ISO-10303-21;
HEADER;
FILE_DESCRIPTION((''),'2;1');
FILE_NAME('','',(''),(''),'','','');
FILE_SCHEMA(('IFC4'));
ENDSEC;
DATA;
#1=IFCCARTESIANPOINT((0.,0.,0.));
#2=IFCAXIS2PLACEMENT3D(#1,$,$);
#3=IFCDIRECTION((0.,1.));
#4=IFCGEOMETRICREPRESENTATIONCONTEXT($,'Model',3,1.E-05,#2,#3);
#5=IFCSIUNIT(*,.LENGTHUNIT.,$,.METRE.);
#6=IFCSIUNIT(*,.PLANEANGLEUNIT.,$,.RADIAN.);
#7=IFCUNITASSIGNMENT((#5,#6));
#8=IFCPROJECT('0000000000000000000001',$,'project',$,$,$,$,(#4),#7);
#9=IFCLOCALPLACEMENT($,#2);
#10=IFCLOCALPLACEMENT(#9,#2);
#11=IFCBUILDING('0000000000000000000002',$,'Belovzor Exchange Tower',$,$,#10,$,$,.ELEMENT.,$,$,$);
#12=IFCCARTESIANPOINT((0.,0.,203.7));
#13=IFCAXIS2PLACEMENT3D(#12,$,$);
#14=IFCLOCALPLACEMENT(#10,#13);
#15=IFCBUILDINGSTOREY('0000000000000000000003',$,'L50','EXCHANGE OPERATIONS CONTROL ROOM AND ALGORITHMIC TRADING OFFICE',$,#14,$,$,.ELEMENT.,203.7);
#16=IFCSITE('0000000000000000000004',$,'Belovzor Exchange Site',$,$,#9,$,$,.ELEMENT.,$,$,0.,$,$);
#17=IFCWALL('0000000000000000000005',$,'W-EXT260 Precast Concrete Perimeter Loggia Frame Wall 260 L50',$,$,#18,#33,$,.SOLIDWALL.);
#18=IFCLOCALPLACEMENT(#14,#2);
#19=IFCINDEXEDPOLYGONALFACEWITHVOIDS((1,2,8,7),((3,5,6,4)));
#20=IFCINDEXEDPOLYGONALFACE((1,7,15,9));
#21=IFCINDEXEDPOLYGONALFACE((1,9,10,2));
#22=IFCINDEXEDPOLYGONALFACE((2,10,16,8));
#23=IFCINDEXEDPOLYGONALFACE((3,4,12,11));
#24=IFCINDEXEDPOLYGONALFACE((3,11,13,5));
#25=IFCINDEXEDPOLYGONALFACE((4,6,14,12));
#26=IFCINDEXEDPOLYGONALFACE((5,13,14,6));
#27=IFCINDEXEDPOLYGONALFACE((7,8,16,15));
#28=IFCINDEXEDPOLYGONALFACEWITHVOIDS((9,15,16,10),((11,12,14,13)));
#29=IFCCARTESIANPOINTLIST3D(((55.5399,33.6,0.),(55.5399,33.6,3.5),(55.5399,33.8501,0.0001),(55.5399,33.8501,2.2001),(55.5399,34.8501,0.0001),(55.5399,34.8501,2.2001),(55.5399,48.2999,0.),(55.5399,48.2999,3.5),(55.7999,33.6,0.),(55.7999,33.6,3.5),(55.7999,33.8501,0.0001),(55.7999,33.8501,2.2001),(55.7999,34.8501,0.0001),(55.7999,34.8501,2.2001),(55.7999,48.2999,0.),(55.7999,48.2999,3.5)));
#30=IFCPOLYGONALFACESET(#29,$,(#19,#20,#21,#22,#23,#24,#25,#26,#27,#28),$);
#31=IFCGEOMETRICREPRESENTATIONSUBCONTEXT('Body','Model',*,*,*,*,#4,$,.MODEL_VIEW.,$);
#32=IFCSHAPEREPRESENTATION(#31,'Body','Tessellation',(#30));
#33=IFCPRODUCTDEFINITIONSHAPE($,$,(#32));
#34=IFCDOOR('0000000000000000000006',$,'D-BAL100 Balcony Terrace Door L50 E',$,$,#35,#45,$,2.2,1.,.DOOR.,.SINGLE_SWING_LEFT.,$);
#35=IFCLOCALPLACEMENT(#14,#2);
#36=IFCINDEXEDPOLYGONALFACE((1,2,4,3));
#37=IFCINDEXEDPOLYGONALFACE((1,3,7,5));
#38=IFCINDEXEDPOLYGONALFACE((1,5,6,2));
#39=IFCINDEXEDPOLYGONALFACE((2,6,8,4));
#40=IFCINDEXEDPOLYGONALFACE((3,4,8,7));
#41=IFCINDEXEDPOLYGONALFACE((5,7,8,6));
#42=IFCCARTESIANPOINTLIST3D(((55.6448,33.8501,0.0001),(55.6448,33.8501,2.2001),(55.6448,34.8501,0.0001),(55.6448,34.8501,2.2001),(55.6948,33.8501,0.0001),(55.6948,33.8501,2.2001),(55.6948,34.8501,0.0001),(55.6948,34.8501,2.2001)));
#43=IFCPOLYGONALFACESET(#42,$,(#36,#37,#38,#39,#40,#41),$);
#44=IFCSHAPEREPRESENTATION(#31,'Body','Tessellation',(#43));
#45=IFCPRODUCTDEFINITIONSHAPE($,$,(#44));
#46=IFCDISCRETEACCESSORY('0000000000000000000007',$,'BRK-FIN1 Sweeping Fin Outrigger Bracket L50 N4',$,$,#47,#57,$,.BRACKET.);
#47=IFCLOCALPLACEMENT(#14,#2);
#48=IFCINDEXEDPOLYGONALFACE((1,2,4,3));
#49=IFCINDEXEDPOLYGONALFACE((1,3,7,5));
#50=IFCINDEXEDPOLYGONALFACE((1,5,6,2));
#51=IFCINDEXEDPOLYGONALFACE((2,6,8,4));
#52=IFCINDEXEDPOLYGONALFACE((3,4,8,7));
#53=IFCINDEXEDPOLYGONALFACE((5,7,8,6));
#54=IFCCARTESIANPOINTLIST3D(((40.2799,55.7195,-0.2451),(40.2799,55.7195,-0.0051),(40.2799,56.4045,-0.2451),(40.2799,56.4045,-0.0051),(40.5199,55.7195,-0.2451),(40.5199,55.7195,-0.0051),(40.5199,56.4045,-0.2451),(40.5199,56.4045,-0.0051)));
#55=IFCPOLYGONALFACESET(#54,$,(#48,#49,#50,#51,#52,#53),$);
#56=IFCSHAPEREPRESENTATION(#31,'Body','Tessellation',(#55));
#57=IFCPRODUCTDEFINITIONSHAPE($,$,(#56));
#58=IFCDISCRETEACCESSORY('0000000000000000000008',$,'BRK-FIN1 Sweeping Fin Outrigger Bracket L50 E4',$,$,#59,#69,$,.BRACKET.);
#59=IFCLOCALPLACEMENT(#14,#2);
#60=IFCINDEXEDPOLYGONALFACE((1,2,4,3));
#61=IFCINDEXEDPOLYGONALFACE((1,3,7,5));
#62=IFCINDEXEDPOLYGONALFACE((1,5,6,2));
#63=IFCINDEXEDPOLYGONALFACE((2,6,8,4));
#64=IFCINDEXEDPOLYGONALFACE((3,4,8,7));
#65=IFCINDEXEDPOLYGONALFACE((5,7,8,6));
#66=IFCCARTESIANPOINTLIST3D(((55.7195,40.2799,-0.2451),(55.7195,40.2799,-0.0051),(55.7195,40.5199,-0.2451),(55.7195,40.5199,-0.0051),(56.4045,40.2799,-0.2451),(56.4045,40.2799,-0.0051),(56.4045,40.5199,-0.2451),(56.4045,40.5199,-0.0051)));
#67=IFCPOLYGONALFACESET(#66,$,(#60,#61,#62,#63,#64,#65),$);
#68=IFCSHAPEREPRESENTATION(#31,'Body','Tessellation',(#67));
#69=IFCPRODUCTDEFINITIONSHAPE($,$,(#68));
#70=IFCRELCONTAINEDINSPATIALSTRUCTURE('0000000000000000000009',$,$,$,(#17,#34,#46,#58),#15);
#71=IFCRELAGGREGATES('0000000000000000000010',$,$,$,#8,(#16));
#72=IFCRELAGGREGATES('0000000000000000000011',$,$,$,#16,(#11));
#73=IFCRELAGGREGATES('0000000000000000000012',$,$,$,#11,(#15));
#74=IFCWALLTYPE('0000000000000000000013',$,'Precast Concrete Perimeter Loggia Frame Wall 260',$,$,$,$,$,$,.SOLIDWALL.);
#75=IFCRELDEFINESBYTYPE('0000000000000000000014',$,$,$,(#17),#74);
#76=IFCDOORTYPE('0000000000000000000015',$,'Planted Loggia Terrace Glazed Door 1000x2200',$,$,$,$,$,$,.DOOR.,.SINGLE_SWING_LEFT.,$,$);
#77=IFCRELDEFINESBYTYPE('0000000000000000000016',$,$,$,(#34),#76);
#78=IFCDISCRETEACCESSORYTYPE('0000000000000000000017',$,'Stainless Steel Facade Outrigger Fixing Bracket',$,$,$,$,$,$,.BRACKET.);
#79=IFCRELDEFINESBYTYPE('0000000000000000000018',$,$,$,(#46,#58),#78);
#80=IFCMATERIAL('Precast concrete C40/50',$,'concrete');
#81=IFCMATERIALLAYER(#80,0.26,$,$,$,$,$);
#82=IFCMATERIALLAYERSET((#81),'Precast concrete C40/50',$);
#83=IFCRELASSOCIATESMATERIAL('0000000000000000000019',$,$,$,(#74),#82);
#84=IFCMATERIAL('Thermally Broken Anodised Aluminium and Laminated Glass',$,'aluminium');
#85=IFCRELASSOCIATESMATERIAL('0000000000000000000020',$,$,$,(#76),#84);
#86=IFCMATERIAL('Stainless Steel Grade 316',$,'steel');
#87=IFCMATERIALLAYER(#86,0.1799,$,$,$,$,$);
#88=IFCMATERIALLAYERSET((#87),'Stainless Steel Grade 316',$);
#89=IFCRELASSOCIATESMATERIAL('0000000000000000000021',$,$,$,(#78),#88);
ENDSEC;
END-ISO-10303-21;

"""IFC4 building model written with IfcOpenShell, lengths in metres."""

from ifc_helpers import new_model, si_unit, direction, frame, frame_2d, origin, origin_2d, place, context, subcontext, project, spatial, rectangle, extrude, material, layer, layer_set, type_object, element, fill, save


model = new_model("IFC4")

# Units and contexts
model_context = context("Model", 3, precision=1e-05, world=origin(), true_north=direction((0.0, 1.0)))
body_context = subcontext(model_context, "Body", "Model", "MODEL_VIEW")
ifc_project = project(units=[si_unit("LENGTHUNIT", "METRE"), si_unit("PLANEANGLEUNIT", "RADIAN")], contexts=[model_context])

# Site, building, storey
site_placement = place(None, origin())
site = spatial("IfcSite", under=ifc_project, at=site_placement, Name="Belovzor Exchange Site", CompositionType="ELEMENT", RefElevation=0.0)
building_placement = place(site_placement, origin())
building = spatial("IfcBuilding", under=site, at=building_placement, Name="Belovzor Exchange Tower", CompositionType="ELEMENT")
storey_placement = place(building_placement, frame((0.0, 0.0, 203.7)))
storey = spatial("IfcBuildingStorey", under=building, at=storey_placement, Name="L50", Description="EXCHANGE OPERATIONS CONTROL ROOM AND ALGORITHMIC TRADING OFFICE", CompositionType="ELEMENT", Elevation=203.7)

# Wall, opening, door
ifc_material_1 = material(Name="Precast concrete C40/50", Category="concrete")
ifc_layer_1 = layer(ifc_material_1, 0.26)
ifc_layer_set_1 = layer_set([ifc_layer_1], Name="Precast concrete C40/50")
wall_type_1 = type_object("IfcWallType", Name="Precast Concrete Perimeter Loggia Frame Wall 260", PredefinedType="SOLIDWALL", material=ifc_layer_set_1)
wall_1_placement = place(storey_placement, frame((55.6699, 48.3, 0.0), z_axis=(0.0, 0.0, 1.0), x_axis=(0.0, -1.0, 0.0)))
wall_1 = element("IfcWall", 1, at=wall_1_placement, inside=storey, type_object=wall_type_1, Name="W-EXT260 Precast Concrete Perimeter Loggia Frame Wall 260 L50", PredefinedType="SOLIDWALL", context=body_context, shape_type="SweptSolid", body=[
    extrude(rectangle(XDim=14.7, YDim=0.26, at=frame_2d((7.3501, 0.0))), origin(), (0.0, 0.0, 1.0), 3.5),
])
opening_1_placement = place(wall_1_placement, frame((13.45, 0.0, 0.0)))
opening_1 = element("IfcOpeningElement", 2, at=opening_1_placement, cuts=wall_1, PredefinedType="OPENING", context=body_context, shape_type="SweptSolid", body=[
    extrude(rectangle(XDim=1.0, YDim=2.2, at=frame_2d((0.5, 1.1001))), frame((0.0, 0.1399, 0.0), z_axis=(0.0, -1.0, 0.0), x_axis=(1.0, 0.0, 0.0)), (0.0, 0.0, 1.0), 0.28),
])
ifc_material_2 = material(Name="Thermally Broken Anodised Aluminium and Laminated Glass", Category="aluminium")
door_type_1 = type_object("IfcDoorType", Name="Planted Loggia Terrace Glazed Door 1000x2200", OperationType="SINGLE_SWING_LEFT", PredefinedType="DOOR", material=ifc_material_2)
door_1_placement = place(opening_1_placement, origin())
door_1 = element("IfcDoor", 3, at=door_1_placement, inside=storey, type_object=door_type_1, Name="D-BAL100 Balcony Terrace Door L50 E", OperationType="SINGLE_SWING_LEFT", OverallHeight=2.2, OverallWidth=1.0, PredefinedType="DOOR", context=body_context, shape_type="SweptSolid", body=[
    extrude(rectangle(XDim=1.0, YDim=2.2, at=frame_2d((0.5, 1.1001))), frame((0.0, 0.0249, 0.0), z_axis=(0.0, -1.0, 0.0), x_axis=(1.0, 0.0, 0.0)), (0.0, 0.0, 1.0), 0.05),
])
fill(opening_1, door_1)

# Discrete accessories
ifc_material_3 = material(Name="Stainless Steel Grade 316", Category="steel")
ifc_layer_2 = layer(ifc_material_3, 0.1799)
ifc_layer_set_2 = layer_set([ifc_layer_2], Name="Stainless Steel Grade 316")
discrete_accessory_type = type_object("IfcDiscreteAccessoryType", Name="Stainless Steel Facade Outrigger Fixing Bracket", PredefinedType="BRACKET", material=ifc_layer_set_2)
for number, where, z_axis, x_axis, name in (
    (4, (40.3999, 56.062, -0.2451), (0.0, 0.0, 1.0), (0.0, 1.0, 0.0), "BRK-FIN1 Sweeping Fin Outrigger Bracket L50 N4"),
    (5, (56.062, 40.3999, -0.2451), (0.0, 0.0, 1.0), (1.0, 0.0, 0.0), "BRK-FIN1 Sweeping Fin Outrigger Bracket L50 E4"),
):
    element("IfcDiscreteAccessory", number, at=place(storey_placement, frame(where, z_axis=z_axis, x_axis=x_axis)), inside=storey, type_object=discrete_accessory_type, Name=name, PredefinedType="BRACKET", context=body_context, shape_type="SweptSolid", body=[
        extrude(rectangle(XDim=0.6851, YDim=0.24, at=origin_2d()), origin(), (0.0, 0.0, 1.0), 0.24),
    ])

save(model, "model.ifc")
